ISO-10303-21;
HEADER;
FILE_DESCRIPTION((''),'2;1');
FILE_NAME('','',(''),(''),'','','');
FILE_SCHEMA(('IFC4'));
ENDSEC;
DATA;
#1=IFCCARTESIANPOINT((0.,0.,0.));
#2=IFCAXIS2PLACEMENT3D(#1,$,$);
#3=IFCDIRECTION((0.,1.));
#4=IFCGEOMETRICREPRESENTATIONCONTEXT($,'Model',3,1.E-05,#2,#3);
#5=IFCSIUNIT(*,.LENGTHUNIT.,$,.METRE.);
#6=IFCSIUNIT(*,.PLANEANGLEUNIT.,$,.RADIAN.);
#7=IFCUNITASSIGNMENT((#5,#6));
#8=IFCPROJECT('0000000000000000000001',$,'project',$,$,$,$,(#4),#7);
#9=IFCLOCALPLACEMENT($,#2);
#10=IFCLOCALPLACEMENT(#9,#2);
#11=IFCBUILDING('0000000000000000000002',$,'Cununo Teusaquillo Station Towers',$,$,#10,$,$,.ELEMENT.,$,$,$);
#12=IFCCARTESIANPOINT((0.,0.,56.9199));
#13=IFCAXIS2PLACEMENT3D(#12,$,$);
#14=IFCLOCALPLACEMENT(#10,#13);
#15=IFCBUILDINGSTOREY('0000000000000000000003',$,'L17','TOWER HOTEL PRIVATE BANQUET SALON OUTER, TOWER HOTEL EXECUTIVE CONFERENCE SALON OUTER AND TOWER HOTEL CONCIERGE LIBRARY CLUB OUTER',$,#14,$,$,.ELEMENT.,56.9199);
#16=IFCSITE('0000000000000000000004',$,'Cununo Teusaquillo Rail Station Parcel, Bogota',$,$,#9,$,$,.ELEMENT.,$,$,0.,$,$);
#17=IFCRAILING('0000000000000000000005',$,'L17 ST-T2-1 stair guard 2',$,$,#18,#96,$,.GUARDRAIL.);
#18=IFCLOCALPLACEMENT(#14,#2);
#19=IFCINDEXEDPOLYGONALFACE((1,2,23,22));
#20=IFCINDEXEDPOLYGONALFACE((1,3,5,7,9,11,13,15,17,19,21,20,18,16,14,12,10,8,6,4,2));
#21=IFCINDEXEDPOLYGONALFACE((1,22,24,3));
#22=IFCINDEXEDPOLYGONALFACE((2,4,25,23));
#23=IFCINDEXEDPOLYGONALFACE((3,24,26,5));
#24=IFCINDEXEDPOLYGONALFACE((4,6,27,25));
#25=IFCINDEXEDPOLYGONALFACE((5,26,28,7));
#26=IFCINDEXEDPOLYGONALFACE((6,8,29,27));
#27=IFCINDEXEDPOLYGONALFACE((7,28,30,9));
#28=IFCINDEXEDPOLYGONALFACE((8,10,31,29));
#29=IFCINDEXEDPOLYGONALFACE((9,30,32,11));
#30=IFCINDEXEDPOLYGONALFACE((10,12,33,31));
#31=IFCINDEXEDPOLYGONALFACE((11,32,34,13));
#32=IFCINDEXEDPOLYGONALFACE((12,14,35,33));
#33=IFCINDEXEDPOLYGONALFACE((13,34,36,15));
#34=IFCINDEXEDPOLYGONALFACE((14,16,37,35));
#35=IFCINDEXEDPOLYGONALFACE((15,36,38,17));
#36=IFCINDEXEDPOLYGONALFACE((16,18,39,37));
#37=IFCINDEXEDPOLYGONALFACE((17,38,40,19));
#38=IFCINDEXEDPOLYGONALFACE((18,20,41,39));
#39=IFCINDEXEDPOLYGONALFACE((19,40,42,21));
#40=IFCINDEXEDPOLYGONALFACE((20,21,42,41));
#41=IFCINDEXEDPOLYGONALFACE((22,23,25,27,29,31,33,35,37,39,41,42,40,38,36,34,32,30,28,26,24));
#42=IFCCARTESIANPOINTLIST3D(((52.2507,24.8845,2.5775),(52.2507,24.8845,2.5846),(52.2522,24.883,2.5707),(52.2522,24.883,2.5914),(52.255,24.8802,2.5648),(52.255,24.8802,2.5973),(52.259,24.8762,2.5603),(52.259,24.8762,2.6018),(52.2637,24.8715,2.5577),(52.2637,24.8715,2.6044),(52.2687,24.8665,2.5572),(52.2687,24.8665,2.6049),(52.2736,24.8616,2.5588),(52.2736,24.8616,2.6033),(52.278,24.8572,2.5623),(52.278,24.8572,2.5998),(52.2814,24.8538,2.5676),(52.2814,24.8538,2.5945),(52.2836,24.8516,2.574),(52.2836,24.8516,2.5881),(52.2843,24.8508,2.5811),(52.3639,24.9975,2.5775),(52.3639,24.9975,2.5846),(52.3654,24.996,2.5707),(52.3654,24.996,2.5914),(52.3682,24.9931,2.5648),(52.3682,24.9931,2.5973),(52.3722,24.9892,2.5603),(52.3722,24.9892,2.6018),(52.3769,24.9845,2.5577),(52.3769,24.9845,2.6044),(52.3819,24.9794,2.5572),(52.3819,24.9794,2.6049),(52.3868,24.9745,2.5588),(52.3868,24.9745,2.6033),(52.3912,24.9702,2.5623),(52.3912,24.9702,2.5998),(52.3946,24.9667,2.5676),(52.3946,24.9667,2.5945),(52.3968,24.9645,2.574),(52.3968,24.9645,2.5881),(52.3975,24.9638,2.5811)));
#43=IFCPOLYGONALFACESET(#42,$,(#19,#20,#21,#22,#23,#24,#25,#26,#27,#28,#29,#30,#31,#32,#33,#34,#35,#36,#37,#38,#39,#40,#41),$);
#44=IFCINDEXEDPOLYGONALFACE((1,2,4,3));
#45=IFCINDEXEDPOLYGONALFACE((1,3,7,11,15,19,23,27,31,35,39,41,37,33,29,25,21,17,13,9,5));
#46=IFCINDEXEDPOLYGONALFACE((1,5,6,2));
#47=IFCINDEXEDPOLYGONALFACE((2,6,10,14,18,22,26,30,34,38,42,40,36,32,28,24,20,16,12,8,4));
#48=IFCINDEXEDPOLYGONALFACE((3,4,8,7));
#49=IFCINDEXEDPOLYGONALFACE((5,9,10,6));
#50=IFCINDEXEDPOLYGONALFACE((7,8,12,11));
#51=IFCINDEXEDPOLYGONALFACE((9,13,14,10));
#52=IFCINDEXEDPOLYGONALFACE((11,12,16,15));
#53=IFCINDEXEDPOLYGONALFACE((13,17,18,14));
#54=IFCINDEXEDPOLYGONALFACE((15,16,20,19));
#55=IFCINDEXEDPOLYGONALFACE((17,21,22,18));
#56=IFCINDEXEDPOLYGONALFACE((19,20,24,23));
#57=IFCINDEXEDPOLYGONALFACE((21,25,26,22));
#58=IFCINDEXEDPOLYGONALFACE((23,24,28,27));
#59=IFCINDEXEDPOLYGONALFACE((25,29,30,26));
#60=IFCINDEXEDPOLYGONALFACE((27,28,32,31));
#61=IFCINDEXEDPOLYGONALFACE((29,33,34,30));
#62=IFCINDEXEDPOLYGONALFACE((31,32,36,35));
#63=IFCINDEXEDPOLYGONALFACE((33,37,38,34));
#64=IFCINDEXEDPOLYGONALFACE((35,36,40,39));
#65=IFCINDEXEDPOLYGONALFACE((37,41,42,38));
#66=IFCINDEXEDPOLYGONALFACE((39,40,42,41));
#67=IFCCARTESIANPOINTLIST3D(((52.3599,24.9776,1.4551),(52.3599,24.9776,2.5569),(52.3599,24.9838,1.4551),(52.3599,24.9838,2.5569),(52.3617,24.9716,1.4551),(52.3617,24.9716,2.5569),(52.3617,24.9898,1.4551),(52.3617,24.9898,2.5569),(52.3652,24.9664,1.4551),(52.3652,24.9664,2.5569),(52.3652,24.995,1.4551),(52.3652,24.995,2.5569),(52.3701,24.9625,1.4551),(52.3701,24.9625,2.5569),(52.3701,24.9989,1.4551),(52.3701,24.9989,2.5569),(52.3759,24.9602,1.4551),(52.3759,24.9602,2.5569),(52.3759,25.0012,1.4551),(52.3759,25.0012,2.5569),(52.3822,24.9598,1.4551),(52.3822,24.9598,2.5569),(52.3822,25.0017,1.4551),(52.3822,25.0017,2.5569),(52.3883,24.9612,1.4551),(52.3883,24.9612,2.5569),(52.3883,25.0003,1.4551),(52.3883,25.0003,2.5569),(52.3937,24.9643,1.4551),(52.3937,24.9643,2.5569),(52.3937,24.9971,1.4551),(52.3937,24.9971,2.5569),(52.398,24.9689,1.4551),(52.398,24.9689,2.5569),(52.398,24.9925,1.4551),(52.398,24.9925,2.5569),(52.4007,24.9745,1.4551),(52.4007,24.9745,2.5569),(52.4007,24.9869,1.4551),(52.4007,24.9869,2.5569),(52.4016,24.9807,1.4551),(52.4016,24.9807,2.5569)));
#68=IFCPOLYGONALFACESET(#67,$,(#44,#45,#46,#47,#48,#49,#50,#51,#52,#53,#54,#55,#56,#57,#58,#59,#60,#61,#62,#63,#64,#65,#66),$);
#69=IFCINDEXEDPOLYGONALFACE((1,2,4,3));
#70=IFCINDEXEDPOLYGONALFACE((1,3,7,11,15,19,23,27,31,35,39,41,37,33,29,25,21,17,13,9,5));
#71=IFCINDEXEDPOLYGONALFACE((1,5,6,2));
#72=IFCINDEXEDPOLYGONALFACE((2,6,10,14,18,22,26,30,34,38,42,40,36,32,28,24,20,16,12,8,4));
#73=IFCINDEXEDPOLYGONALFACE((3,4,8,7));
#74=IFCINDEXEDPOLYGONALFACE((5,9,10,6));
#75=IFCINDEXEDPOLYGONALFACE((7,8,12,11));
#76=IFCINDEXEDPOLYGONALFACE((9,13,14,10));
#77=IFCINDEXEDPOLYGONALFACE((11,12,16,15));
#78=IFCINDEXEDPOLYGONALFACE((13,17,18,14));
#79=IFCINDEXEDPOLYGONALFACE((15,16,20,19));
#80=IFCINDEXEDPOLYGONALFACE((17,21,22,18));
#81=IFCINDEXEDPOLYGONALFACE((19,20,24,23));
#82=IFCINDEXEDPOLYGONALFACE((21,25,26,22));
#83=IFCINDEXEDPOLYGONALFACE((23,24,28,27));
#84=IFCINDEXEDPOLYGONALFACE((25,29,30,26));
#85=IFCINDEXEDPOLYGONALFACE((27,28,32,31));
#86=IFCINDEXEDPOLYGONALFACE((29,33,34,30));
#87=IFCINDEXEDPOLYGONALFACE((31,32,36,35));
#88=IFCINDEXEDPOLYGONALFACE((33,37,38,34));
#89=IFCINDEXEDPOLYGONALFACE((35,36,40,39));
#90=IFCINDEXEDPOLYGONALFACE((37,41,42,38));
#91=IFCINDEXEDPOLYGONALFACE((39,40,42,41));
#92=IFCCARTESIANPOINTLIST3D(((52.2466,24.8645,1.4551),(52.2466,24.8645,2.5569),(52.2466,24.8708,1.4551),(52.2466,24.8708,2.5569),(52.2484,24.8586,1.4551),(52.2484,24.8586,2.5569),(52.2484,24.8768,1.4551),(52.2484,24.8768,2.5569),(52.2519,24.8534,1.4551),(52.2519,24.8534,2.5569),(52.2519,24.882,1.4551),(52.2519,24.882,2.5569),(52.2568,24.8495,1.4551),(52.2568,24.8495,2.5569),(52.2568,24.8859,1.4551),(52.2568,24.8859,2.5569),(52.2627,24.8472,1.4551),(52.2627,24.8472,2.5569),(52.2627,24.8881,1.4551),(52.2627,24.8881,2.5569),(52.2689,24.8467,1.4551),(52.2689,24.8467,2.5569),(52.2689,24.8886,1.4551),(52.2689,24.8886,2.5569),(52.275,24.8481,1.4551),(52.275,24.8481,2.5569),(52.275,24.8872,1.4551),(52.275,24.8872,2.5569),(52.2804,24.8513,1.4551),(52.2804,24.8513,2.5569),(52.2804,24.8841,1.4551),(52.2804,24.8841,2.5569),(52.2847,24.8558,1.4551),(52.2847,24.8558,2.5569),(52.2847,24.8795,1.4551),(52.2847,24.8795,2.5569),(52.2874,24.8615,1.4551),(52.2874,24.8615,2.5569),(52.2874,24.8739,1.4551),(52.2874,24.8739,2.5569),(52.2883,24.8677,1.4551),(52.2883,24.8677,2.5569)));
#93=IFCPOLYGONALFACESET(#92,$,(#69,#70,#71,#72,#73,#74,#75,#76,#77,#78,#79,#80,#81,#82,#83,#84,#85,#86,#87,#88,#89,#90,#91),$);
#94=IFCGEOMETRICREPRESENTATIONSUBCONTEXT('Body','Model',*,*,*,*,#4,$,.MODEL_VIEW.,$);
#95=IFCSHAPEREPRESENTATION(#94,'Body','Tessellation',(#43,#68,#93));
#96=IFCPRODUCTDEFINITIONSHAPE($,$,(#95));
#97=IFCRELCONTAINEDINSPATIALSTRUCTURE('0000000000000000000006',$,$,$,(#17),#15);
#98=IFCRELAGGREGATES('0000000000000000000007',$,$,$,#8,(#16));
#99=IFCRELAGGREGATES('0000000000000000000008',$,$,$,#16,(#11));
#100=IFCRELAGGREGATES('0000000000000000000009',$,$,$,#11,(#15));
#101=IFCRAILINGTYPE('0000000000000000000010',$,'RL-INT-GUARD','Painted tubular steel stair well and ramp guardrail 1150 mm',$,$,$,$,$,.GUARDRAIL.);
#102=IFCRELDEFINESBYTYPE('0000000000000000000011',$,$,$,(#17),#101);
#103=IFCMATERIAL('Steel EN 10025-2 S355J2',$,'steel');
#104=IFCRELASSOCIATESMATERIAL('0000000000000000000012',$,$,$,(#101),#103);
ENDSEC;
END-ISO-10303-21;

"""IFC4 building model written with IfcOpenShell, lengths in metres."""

from ifc_helpers import new_model, si_unit, direction, frame, origin, origin_2d, place, context, subcontext, project, spatial, circle, extrude, material, type_object, element, save


model = new_model("IFC4")

# Units and contexts
model_context = context("Model", 3, precision=1e-05, world=origin(), true_north=direction((0.0, 1.0)))
body_context = subcontext(model_context, "Body", "Model", "MODEL_VIEW")
ifc_project = project(units=[si_unit("LENGTHUNIT", "METRE"), si_unit("PLANEANGLEUNIT", "RADIAN")], contexts=[model_context])

# Site, building, storey
site_placement = place(None, origin())
site = spatial("IfcSite", under=ifc_project, at=site_placement, Name="Cununo Teusaquillo Rail Station Parcel, Bogota", CompositionType="ELEMENT", RefElevation=0.0)
building_placement = place(site_placement, origin())
building = spatial("IfcBuilding", under=site, at=building_placement, Name="Cununo Teusaquillo Station Towers", CompositionType="ELEMENT")
storey_placement = place(building_placement, frame((0.0, 0.0, 56.9199)))
storey = spatial("IfcBuildingStorey", under=building, at=storey_placement, Name="L17", Description="TOWER HOTEL PRIVATE BANQUET SALON OUTER, TOWER HOTEL EXECUTIVE CONFERENCE SALON OUTER AND TOWER HOTEL CONCIERGE LIBRARY CLUB OUTER", CompositionType="ELEMENT", Elevation=56.9199)

# Railing
ifc_material_1 = material(Name="Steel EN 10025-2 S355J2", Category="steel")
railing_type_1 = type_object("IfcRailingType", Name="RL-INT-GUARD", Description="Painted tubular steel stair well and ramp guardrail 1150 mm", PredefinedType="GUARDRAIL", material=ifc_material_1)
railing_1_placement = place(storey_placement, frame((52.3806, 24.9807, 1.4551)))
element("IfcRailing", 1, at=railing_1_placement, inside=storey, type_object=railing_type_1, Name="L17 ST-T2-1 stair guard 2", PredefinedType="GUARDRAIL", context=body_context, shape_type="SweptSolid", body=[
    extrude(circle(Radius=0.0239, at=origin_2d()), frame((0.0, 0.0, 1.126), z_axis=(-0.707869, -0.706344, 0.0), x_axis=(0.706344, -0.707869, 0.0)), (0.0, 0.0, 1.0), 0.1599),
    extrude(circle(Radius=0.021, at=origin_2d()), origin(), (0.0, 0.0, 1.0), 1.1018),
    extrude(circle(Radius=0.021, at=origin_2d()), frame((-0.1133, -0.113, 0.0)), (0.0, 0.0, 1.0), 1.1018),
])

save(model, "model.ifc")
